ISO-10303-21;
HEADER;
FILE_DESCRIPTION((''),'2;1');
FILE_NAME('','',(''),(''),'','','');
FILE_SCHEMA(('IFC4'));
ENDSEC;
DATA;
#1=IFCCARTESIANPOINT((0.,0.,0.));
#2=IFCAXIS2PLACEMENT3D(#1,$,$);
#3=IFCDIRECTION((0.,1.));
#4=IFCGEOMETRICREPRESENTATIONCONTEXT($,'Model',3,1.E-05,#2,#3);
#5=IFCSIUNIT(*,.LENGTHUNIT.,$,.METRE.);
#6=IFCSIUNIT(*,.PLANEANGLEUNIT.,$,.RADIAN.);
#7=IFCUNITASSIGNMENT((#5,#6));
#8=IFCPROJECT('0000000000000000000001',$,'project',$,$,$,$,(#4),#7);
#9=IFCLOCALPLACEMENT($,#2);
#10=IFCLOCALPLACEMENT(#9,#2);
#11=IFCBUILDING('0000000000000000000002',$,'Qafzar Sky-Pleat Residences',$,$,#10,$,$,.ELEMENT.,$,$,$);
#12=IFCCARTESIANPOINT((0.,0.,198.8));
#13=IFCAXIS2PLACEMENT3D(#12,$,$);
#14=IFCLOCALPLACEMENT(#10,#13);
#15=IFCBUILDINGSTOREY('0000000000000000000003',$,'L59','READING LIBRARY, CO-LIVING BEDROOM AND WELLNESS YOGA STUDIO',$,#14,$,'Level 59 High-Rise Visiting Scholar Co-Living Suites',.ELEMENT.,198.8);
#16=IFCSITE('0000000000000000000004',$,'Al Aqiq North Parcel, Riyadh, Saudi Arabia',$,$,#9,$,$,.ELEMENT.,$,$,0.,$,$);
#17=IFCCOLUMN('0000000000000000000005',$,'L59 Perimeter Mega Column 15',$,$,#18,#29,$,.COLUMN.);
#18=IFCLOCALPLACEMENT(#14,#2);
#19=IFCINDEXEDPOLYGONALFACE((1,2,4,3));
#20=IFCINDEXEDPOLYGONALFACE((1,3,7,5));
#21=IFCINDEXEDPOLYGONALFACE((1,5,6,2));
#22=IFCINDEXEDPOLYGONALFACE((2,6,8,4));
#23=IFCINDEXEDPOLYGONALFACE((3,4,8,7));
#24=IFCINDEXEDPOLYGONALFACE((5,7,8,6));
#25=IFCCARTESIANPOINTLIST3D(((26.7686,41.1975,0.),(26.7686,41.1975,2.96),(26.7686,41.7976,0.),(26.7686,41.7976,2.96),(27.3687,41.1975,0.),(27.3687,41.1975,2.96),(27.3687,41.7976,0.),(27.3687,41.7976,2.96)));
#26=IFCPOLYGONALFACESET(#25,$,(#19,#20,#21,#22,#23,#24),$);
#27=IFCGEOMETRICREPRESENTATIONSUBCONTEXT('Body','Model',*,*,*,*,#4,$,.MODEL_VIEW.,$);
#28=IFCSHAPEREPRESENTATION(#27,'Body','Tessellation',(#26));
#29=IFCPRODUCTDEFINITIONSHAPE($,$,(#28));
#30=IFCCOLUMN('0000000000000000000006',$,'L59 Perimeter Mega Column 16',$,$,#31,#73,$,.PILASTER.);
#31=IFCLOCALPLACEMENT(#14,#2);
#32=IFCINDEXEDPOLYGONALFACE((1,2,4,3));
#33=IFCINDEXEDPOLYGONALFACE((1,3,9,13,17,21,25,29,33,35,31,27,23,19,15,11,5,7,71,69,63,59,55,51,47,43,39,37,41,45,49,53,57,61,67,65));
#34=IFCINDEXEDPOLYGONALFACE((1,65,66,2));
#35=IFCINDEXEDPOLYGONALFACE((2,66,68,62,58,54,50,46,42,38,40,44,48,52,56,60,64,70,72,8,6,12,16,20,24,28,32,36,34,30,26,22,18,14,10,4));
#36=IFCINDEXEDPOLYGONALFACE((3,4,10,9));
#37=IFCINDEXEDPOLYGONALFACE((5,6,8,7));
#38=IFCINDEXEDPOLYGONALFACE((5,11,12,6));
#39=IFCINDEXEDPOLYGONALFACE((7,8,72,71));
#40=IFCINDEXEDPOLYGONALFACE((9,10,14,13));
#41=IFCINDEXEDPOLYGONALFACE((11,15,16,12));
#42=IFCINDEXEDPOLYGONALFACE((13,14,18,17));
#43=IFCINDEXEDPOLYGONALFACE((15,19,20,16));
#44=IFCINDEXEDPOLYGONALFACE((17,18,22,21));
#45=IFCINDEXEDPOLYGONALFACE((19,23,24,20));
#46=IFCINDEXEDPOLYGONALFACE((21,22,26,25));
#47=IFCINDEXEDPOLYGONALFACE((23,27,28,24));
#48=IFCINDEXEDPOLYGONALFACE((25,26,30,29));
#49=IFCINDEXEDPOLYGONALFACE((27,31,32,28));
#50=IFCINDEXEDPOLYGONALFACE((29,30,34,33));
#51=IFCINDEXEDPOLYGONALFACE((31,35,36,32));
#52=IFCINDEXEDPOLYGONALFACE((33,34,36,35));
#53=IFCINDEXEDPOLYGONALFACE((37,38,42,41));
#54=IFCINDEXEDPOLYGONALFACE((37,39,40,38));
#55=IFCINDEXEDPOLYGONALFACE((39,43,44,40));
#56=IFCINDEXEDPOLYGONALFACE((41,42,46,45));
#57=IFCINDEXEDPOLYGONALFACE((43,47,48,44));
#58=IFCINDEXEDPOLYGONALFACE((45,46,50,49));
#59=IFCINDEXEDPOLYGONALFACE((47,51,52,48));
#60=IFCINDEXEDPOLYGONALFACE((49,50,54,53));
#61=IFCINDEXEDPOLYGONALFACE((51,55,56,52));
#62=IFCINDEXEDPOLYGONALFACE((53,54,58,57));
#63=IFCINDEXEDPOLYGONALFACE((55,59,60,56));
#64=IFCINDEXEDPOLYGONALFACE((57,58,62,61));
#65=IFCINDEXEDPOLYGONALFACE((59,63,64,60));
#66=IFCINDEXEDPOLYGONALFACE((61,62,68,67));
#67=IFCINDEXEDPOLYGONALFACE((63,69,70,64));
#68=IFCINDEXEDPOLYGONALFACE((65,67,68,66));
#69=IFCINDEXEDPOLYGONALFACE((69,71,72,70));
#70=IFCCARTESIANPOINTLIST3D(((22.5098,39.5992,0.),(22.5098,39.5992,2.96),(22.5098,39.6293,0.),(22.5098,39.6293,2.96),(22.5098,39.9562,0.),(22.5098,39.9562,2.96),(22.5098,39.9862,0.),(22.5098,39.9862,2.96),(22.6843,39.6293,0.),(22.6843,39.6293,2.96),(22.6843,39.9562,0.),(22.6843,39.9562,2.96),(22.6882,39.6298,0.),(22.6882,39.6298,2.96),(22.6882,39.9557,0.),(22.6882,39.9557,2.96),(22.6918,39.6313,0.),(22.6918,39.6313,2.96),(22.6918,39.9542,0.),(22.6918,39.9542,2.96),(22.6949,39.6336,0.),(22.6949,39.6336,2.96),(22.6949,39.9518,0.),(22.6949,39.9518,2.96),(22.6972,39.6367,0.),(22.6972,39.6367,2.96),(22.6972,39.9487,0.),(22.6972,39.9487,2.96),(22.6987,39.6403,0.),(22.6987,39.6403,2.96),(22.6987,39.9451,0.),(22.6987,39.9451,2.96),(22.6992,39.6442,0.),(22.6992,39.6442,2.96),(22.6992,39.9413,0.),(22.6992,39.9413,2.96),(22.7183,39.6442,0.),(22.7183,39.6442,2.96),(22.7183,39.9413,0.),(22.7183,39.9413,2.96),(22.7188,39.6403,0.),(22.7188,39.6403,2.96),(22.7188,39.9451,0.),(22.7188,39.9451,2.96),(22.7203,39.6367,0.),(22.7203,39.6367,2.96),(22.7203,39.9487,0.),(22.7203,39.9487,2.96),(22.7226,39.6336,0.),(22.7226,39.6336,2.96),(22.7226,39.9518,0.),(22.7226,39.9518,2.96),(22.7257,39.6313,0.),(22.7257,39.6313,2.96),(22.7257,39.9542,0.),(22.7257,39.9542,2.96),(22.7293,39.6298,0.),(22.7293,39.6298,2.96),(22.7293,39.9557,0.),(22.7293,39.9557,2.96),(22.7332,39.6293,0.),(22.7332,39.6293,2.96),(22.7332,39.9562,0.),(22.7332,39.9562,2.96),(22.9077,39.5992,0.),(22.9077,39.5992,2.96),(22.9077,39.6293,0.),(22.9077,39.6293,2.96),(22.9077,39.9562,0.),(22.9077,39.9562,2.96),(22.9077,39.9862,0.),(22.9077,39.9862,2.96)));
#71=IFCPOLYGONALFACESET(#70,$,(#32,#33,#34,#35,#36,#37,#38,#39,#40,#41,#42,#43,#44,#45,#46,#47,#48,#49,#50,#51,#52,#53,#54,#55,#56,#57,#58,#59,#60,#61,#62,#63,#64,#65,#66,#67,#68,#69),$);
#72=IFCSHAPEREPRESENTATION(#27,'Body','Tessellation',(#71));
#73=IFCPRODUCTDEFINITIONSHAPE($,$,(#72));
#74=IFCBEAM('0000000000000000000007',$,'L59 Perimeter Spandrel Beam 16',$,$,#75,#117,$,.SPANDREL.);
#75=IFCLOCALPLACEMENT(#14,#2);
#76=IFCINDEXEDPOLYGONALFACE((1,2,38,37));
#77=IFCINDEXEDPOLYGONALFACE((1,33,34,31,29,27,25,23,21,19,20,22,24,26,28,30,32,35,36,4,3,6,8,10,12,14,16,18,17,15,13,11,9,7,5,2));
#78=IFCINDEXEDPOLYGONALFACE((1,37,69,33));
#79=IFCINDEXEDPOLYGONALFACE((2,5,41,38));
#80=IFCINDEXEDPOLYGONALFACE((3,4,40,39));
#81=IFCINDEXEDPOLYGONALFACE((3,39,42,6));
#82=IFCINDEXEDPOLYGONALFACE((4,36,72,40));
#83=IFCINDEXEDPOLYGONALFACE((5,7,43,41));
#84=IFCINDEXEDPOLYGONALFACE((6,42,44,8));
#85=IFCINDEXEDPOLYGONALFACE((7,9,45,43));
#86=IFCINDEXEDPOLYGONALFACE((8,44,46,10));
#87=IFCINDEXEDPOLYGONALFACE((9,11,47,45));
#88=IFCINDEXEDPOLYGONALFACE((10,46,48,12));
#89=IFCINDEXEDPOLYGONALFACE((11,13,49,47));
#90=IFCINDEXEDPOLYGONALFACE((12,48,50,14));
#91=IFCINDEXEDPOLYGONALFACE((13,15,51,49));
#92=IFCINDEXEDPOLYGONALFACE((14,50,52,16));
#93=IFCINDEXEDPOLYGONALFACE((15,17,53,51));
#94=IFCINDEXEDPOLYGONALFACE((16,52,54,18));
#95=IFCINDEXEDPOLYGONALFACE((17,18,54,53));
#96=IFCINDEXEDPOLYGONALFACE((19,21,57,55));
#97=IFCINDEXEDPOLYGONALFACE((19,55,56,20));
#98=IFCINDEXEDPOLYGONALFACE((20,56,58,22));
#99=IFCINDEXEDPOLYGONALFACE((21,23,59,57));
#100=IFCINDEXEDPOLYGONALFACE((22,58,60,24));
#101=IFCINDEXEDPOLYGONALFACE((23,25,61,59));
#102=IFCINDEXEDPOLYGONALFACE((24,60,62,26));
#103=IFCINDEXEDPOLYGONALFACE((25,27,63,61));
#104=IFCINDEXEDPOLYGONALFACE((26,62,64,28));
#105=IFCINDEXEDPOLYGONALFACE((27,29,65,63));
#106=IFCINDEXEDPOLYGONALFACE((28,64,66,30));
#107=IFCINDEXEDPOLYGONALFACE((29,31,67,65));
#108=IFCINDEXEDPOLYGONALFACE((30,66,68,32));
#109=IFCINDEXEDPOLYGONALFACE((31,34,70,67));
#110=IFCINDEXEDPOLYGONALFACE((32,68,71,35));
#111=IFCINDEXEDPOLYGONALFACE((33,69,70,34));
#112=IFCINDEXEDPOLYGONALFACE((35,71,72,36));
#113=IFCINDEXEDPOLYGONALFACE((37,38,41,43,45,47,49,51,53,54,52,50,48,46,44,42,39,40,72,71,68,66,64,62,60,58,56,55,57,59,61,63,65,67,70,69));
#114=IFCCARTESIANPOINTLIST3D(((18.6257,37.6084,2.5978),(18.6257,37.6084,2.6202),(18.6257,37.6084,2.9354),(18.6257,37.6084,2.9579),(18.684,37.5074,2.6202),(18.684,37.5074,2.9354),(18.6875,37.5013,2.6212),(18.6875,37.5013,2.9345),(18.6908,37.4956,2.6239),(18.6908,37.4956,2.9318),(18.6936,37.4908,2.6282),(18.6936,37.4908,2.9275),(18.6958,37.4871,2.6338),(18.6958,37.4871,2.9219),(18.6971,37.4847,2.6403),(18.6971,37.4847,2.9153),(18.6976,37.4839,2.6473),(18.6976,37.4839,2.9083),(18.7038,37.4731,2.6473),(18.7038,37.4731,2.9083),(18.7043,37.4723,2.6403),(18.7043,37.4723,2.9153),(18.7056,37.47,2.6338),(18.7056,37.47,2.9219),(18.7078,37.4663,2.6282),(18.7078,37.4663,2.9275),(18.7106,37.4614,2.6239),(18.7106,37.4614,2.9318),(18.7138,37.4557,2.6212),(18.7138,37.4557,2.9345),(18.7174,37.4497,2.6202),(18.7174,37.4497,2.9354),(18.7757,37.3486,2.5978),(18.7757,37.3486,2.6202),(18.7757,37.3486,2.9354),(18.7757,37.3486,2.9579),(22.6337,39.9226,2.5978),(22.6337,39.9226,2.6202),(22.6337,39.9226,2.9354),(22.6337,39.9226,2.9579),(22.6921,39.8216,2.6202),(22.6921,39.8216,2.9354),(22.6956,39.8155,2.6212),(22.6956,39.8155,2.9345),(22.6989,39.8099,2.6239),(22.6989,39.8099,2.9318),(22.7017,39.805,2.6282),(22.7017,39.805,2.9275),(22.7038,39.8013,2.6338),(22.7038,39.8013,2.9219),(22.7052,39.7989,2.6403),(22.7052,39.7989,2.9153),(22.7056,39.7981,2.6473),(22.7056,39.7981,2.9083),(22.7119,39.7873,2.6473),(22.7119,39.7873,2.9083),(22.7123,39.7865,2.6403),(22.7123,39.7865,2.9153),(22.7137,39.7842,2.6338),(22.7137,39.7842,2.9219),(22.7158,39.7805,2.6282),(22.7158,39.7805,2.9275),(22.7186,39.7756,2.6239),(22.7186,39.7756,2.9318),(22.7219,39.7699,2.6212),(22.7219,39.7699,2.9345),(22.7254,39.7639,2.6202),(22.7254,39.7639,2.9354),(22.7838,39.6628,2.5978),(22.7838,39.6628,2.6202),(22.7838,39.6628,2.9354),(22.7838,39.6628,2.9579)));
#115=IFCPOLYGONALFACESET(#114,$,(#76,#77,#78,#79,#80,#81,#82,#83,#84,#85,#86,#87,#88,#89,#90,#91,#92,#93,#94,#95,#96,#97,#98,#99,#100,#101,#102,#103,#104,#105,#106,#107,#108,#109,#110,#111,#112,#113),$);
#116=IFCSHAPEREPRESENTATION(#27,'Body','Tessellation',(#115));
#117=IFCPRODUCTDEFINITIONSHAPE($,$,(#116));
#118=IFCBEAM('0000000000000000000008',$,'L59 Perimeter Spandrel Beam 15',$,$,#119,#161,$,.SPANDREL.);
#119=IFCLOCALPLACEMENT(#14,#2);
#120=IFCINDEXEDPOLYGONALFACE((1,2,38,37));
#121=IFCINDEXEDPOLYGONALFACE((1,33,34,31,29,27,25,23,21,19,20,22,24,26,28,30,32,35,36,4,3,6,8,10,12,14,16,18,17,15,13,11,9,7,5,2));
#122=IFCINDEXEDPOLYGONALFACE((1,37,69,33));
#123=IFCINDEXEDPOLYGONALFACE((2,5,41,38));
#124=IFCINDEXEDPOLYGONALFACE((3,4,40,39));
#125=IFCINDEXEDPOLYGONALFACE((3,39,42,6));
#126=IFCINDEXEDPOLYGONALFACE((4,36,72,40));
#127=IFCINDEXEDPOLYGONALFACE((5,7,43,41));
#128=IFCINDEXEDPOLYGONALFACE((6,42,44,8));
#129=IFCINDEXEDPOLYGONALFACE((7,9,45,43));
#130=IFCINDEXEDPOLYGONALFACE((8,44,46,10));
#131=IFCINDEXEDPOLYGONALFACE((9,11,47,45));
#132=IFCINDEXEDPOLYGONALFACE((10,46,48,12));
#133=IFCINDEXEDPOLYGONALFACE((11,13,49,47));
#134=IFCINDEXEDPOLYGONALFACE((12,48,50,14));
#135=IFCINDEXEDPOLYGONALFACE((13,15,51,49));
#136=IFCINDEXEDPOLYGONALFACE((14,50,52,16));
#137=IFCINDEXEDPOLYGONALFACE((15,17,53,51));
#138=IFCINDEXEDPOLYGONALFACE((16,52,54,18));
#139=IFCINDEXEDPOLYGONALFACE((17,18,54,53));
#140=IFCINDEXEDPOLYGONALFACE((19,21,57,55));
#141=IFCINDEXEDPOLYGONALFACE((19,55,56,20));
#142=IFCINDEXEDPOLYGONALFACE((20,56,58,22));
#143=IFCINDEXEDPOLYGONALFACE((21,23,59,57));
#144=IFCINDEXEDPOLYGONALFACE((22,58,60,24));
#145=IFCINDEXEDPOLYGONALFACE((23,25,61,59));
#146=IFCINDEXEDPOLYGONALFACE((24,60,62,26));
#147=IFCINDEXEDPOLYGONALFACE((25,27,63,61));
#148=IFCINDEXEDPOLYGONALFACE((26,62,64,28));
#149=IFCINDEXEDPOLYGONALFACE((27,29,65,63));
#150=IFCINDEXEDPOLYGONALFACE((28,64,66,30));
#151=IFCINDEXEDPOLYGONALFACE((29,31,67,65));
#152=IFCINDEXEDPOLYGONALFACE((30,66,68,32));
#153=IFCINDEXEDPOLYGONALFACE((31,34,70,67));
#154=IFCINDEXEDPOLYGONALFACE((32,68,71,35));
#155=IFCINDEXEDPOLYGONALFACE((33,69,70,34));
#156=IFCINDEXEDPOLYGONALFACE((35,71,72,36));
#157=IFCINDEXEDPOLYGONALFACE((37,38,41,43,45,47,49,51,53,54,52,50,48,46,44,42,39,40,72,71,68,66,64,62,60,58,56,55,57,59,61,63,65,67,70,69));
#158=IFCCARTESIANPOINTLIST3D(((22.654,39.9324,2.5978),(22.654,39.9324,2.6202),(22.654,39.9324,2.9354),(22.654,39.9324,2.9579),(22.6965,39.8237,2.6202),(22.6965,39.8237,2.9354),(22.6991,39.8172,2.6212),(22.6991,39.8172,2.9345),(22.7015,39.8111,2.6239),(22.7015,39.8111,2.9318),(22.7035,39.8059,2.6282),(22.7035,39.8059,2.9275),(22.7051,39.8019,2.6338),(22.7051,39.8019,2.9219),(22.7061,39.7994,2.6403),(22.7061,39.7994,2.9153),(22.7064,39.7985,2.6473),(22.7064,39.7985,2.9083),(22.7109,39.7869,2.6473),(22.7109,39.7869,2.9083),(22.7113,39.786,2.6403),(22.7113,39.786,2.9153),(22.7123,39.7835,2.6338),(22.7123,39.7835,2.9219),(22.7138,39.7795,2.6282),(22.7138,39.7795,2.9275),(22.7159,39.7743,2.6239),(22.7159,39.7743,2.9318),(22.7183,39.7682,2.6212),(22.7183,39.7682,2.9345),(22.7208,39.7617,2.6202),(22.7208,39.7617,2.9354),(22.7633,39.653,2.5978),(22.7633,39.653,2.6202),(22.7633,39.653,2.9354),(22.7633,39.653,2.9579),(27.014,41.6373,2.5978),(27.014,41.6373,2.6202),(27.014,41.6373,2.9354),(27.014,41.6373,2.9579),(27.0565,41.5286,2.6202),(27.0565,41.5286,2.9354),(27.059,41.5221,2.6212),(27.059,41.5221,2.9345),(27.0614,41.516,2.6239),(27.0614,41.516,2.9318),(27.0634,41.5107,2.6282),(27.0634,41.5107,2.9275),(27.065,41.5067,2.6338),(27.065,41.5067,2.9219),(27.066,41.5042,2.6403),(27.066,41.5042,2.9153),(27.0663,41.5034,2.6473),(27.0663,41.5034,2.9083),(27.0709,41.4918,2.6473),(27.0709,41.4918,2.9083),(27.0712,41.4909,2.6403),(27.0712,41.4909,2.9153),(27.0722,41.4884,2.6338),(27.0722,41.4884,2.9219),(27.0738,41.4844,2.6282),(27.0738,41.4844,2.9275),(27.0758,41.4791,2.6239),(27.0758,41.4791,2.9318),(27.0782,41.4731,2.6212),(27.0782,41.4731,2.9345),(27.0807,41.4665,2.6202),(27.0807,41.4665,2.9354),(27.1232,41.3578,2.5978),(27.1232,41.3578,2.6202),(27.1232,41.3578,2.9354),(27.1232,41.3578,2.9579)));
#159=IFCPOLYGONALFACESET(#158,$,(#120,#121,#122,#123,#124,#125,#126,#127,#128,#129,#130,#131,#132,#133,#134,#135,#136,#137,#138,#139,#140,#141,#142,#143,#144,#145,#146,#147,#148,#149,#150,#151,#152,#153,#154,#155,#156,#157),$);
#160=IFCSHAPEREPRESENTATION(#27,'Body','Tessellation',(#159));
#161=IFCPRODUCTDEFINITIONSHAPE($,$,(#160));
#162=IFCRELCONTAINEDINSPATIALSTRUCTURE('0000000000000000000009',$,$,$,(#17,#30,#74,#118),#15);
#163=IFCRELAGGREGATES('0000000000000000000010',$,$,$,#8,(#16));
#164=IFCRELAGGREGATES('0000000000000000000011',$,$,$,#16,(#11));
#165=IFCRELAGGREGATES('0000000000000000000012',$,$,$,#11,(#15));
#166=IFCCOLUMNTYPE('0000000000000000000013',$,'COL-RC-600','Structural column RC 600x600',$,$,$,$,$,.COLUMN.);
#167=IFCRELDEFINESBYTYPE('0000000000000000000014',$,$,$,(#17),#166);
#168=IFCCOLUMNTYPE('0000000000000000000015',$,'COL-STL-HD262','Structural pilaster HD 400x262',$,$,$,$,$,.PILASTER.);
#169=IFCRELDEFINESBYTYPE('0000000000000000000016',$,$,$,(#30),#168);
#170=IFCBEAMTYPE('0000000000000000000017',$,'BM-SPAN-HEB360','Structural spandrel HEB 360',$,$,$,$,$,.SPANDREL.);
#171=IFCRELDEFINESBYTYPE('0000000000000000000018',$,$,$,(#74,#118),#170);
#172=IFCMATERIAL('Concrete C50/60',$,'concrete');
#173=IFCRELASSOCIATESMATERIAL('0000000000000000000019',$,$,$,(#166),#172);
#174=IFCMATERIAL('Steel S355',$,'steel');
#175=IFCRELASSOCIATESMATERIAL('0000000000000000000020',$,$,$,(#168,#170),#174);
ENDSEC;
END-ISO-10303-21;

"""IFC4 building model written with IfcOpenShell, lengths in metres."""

from ifc_helpers import new_model, si_unit, direction, frame, origin, origin_2d, place, context, subcontext, project, spatial, rectangle, i_section, extrude, source, transform, mapped, material, material_profile, profile_set, type_object, element, save


model = new_model("IFC4")

# Units and contexts
model_context = context("Model", 3, precision=1e-05, world=origin(), true_north=direction((0.0, 1.0)))
body_context = subcontext(model_context, "Body", "Model", "MODEL_VIEW")
ifc_project = project(units=[si_unit("LENGTHUNIT", "METRE"), si_unit("PLANEANGLEUNIT", "RADIAN")], contexts=[model_context])

# Site, building, storey
site_placement = place(None, origin())
site = spatial("IfcSite", under=ifc_project, at=site_placement, Name="Al Aqiq North Parcel, Riyadh, Saudi Arabia", CompositionType="ELEMENT", RefElevation=0.0)
building_placement = place(site_placement, origin())
building = spatial("IfcBuilding", under=site, at=building_placement, Name="Qafzar Sky-Pleat Residences", CompositionType="ELEMENT")
storey_placement = place(building_placement, frame((0.0, 0.0, 198.8)))
storey = spatial("IfcBuildingStorey", under=building, at=storey_placement, Name="L59", Description="READING LIBRARY, CO-LIVING BEDROOM AND WELLNESS YOGA STUDIO", LongName="Level 59 High-Rise Visiting Scholar Co-Living Suites", CompositionType="ELEMENT", Elevation=198.8)

# Columns
ifc_material_1 = material(Name="Concrete C50/60", Category="concrete")
ifc_material_profile_1 = material_profile(ifc_material_1, rectangle(XDim=0.6001, YDim=0.6001, at=origin_2d()), Name="RC 600x600")
ifc_profile_set_1 = profile_set([ifc_material_profile_1], Name="Concrete C50/60")
column_type_1 = type_object("IfcColumnType", Name="COL-RC-600", Description="Structural column RC 600x600", PredefinedType="COLUMN", material=ifc_profile_set_1)
shared_shape_1 = source(origin(), body_context, "Body", "SweptSolid", [
    extrude(rectangle(XDim=0.6001, YDim=0.6001, at=origin_2d()), origin(), (0.0, 0.0, 1.0), 2.96),
])
column_1_placement = place(storey_placement, frame((27.0686, 41.4976, 0.0), z_axis=(0.0, 0.0, 1.0), x_axis=(1.0, 0.0, 0.0)))
element("IfcColumn", 1, at=column_1_placement, inside=storey, type_object=column_type_1, Name="L59 Perimeter Mega Column 15", PredefinedType="COLUMN", context=body_context, shape_type="MappedRepresentation", body=[
    mapped(shared_shape_1, transform((0.0, 0.0, 0.0), x_axis=(1.0, 0.0, 0.0), y_axis=(0.0, 1.0, 0.0), z_axis=(0.0, 0.0, 1.0), scale=1.0)),
])
ifc_material_2 = material(Name="Steel S355", Category="steel")
ifc_material_profile_2 = material_profile(ifc_material_2, i_section(OverallWidth=0.3979, OverallDepth=0.387, WebThickness=0.019, FlangeThickness=0.03, FilletRadius=0.0149, at=origin_2d()), Name="HD 400x262")
ifc_profile_set_2 = profile_set([ifc_material_profile_2], Name="Steel S355")
column_type_2 = type_object("IfcColumnType", Name="COL-STL-HD262", Description="Structural pilaster HD 400x262", PredefinedType="PILASTER", material=ifc_profile_set_2)
shared_shape_2 = source(origin(), body_context, "Body", "SweptSolid", [
    extrude(i_section(OverallWidth=0.3979, OverallDepth=0.387, WebThickness=0.019, FlangeThickness=0.03, FilletRadius=0.0149, at=origin_2d()), origin(), (0.0, 0.0, 1.0), 2.96),
])
column_2_placement = place(storey_placement, frame((22.7087, 39.7927, 0.0), z_axis=(0.0, 0.0, 1.0), x_axis=(1.0, 0.0, 0.0)))
element("IfcColumn", 2, at=column_2_placement, inside=storey, type_object=column_type_2, Name="L59 Perimeter Mega Column 16", PredefinedType="PILASTER", context=body_context, shape_type="MappedRepresentation", body=[
    mapped(shared_shape_2, transform((0.0, 0.0, 0.0), x_axis=(1.0, 0.0, 0.0), y_axis=(0.0, 1.0, 0.0), z_axis=(0.0, 0.0, 1.0), scale=1.0)),
])

# Beams
ifc_material_profile_3 = material_profile(ifc_material_2, i_section(OverallWidth=0.3, OverallDepth=0.3601, WebThickness=0.0125, FlangeThickness=0.0225, FilletRadius=0.0271, at=origin_2d()), Name="HEB 360")
ifc_profile_set_3 = profile_set([ifc_material_profile_3], Name="Steel S355")
beam_type_1 = type_object("IfcBeamType", Name="BM-SPAN-HEB360", Description="Structural spandrel HEB 360", PredefinedType="SPANDREL", material=ifc_profile_set_3)
shared_shape_3 = source(origin(), body_context, "Body", "SweptSolid", [
    extrude(i_section(OverallWidth=0.3, OverallDepth=0.3601, WebThickness=0.0125, FlangeThickness=0.0225, FilletRadius=0.0271, at=origin_2d()), origin(), (0.0, 0.0, 1.0), 4.6282),
])
beam_1_placement = place(storey_placement, frame((22.7087, 39.7927, 2.7778), z_axis=(-0.866011, -0.500025, 0.0), x_axis=(0.500025, -0.866011, 0.0)))
element("IfcBeam", 3, at=beam_1_placement, inside=storey, type_object=beam_type_1, Name="L59 Perimeter Spandrel Beam 16", PredefinedType="SPANDREL", context=body_context, shape_type="MappedRepresentation", body=[
    mapped(shared_shape_3, transform((0.0, 0.0, 0.0), x_axis=(1.0, 0.0, 0.0), y_axis=(0.0, 1.0, 0.0), z_axis=(0.0, 0.0, 1.0), scale=1.0)),
])
shared_shape_4 = source(origin(), body_context, "Body", "SweptSolid", [
    extrude(i_section(OverallWidth=0.3, OverallDepth=0.3601, WebThickness=0.0125, FlangeThickness=0.0225, FilletRadius=0.0271, at=origin_2d()), origin(), (0.0, 0.0, 1.0), 4.6814),
])
beam_2_placement = place(storey_placement, frame((27.0686, 41.4976, 2.7778), z_axis=(-0.93133, -0.364177, 0.0), x_axis=(0.364177, -0.93133, 0.0)))
element("IfcBeam", 4, at=beam_2_placement, inside=storey, type_object=beam_type_1, Name="L59 Perimeter Spandrel Beam 15", PredefinedType="SPANDREL", context=body_context, shape_type="MappedRepresentation", body=[
    mapped(shared_shape_4, transform((0.0, 0.0, 0.0), x_axis=(1.0, 0.0, 0.0), y_axis=(0.0, 1.0, 0.0), z_axis=(0.0, 0.0, 1.0), scale=1.0)),
])

save(model, "model.ifc")
